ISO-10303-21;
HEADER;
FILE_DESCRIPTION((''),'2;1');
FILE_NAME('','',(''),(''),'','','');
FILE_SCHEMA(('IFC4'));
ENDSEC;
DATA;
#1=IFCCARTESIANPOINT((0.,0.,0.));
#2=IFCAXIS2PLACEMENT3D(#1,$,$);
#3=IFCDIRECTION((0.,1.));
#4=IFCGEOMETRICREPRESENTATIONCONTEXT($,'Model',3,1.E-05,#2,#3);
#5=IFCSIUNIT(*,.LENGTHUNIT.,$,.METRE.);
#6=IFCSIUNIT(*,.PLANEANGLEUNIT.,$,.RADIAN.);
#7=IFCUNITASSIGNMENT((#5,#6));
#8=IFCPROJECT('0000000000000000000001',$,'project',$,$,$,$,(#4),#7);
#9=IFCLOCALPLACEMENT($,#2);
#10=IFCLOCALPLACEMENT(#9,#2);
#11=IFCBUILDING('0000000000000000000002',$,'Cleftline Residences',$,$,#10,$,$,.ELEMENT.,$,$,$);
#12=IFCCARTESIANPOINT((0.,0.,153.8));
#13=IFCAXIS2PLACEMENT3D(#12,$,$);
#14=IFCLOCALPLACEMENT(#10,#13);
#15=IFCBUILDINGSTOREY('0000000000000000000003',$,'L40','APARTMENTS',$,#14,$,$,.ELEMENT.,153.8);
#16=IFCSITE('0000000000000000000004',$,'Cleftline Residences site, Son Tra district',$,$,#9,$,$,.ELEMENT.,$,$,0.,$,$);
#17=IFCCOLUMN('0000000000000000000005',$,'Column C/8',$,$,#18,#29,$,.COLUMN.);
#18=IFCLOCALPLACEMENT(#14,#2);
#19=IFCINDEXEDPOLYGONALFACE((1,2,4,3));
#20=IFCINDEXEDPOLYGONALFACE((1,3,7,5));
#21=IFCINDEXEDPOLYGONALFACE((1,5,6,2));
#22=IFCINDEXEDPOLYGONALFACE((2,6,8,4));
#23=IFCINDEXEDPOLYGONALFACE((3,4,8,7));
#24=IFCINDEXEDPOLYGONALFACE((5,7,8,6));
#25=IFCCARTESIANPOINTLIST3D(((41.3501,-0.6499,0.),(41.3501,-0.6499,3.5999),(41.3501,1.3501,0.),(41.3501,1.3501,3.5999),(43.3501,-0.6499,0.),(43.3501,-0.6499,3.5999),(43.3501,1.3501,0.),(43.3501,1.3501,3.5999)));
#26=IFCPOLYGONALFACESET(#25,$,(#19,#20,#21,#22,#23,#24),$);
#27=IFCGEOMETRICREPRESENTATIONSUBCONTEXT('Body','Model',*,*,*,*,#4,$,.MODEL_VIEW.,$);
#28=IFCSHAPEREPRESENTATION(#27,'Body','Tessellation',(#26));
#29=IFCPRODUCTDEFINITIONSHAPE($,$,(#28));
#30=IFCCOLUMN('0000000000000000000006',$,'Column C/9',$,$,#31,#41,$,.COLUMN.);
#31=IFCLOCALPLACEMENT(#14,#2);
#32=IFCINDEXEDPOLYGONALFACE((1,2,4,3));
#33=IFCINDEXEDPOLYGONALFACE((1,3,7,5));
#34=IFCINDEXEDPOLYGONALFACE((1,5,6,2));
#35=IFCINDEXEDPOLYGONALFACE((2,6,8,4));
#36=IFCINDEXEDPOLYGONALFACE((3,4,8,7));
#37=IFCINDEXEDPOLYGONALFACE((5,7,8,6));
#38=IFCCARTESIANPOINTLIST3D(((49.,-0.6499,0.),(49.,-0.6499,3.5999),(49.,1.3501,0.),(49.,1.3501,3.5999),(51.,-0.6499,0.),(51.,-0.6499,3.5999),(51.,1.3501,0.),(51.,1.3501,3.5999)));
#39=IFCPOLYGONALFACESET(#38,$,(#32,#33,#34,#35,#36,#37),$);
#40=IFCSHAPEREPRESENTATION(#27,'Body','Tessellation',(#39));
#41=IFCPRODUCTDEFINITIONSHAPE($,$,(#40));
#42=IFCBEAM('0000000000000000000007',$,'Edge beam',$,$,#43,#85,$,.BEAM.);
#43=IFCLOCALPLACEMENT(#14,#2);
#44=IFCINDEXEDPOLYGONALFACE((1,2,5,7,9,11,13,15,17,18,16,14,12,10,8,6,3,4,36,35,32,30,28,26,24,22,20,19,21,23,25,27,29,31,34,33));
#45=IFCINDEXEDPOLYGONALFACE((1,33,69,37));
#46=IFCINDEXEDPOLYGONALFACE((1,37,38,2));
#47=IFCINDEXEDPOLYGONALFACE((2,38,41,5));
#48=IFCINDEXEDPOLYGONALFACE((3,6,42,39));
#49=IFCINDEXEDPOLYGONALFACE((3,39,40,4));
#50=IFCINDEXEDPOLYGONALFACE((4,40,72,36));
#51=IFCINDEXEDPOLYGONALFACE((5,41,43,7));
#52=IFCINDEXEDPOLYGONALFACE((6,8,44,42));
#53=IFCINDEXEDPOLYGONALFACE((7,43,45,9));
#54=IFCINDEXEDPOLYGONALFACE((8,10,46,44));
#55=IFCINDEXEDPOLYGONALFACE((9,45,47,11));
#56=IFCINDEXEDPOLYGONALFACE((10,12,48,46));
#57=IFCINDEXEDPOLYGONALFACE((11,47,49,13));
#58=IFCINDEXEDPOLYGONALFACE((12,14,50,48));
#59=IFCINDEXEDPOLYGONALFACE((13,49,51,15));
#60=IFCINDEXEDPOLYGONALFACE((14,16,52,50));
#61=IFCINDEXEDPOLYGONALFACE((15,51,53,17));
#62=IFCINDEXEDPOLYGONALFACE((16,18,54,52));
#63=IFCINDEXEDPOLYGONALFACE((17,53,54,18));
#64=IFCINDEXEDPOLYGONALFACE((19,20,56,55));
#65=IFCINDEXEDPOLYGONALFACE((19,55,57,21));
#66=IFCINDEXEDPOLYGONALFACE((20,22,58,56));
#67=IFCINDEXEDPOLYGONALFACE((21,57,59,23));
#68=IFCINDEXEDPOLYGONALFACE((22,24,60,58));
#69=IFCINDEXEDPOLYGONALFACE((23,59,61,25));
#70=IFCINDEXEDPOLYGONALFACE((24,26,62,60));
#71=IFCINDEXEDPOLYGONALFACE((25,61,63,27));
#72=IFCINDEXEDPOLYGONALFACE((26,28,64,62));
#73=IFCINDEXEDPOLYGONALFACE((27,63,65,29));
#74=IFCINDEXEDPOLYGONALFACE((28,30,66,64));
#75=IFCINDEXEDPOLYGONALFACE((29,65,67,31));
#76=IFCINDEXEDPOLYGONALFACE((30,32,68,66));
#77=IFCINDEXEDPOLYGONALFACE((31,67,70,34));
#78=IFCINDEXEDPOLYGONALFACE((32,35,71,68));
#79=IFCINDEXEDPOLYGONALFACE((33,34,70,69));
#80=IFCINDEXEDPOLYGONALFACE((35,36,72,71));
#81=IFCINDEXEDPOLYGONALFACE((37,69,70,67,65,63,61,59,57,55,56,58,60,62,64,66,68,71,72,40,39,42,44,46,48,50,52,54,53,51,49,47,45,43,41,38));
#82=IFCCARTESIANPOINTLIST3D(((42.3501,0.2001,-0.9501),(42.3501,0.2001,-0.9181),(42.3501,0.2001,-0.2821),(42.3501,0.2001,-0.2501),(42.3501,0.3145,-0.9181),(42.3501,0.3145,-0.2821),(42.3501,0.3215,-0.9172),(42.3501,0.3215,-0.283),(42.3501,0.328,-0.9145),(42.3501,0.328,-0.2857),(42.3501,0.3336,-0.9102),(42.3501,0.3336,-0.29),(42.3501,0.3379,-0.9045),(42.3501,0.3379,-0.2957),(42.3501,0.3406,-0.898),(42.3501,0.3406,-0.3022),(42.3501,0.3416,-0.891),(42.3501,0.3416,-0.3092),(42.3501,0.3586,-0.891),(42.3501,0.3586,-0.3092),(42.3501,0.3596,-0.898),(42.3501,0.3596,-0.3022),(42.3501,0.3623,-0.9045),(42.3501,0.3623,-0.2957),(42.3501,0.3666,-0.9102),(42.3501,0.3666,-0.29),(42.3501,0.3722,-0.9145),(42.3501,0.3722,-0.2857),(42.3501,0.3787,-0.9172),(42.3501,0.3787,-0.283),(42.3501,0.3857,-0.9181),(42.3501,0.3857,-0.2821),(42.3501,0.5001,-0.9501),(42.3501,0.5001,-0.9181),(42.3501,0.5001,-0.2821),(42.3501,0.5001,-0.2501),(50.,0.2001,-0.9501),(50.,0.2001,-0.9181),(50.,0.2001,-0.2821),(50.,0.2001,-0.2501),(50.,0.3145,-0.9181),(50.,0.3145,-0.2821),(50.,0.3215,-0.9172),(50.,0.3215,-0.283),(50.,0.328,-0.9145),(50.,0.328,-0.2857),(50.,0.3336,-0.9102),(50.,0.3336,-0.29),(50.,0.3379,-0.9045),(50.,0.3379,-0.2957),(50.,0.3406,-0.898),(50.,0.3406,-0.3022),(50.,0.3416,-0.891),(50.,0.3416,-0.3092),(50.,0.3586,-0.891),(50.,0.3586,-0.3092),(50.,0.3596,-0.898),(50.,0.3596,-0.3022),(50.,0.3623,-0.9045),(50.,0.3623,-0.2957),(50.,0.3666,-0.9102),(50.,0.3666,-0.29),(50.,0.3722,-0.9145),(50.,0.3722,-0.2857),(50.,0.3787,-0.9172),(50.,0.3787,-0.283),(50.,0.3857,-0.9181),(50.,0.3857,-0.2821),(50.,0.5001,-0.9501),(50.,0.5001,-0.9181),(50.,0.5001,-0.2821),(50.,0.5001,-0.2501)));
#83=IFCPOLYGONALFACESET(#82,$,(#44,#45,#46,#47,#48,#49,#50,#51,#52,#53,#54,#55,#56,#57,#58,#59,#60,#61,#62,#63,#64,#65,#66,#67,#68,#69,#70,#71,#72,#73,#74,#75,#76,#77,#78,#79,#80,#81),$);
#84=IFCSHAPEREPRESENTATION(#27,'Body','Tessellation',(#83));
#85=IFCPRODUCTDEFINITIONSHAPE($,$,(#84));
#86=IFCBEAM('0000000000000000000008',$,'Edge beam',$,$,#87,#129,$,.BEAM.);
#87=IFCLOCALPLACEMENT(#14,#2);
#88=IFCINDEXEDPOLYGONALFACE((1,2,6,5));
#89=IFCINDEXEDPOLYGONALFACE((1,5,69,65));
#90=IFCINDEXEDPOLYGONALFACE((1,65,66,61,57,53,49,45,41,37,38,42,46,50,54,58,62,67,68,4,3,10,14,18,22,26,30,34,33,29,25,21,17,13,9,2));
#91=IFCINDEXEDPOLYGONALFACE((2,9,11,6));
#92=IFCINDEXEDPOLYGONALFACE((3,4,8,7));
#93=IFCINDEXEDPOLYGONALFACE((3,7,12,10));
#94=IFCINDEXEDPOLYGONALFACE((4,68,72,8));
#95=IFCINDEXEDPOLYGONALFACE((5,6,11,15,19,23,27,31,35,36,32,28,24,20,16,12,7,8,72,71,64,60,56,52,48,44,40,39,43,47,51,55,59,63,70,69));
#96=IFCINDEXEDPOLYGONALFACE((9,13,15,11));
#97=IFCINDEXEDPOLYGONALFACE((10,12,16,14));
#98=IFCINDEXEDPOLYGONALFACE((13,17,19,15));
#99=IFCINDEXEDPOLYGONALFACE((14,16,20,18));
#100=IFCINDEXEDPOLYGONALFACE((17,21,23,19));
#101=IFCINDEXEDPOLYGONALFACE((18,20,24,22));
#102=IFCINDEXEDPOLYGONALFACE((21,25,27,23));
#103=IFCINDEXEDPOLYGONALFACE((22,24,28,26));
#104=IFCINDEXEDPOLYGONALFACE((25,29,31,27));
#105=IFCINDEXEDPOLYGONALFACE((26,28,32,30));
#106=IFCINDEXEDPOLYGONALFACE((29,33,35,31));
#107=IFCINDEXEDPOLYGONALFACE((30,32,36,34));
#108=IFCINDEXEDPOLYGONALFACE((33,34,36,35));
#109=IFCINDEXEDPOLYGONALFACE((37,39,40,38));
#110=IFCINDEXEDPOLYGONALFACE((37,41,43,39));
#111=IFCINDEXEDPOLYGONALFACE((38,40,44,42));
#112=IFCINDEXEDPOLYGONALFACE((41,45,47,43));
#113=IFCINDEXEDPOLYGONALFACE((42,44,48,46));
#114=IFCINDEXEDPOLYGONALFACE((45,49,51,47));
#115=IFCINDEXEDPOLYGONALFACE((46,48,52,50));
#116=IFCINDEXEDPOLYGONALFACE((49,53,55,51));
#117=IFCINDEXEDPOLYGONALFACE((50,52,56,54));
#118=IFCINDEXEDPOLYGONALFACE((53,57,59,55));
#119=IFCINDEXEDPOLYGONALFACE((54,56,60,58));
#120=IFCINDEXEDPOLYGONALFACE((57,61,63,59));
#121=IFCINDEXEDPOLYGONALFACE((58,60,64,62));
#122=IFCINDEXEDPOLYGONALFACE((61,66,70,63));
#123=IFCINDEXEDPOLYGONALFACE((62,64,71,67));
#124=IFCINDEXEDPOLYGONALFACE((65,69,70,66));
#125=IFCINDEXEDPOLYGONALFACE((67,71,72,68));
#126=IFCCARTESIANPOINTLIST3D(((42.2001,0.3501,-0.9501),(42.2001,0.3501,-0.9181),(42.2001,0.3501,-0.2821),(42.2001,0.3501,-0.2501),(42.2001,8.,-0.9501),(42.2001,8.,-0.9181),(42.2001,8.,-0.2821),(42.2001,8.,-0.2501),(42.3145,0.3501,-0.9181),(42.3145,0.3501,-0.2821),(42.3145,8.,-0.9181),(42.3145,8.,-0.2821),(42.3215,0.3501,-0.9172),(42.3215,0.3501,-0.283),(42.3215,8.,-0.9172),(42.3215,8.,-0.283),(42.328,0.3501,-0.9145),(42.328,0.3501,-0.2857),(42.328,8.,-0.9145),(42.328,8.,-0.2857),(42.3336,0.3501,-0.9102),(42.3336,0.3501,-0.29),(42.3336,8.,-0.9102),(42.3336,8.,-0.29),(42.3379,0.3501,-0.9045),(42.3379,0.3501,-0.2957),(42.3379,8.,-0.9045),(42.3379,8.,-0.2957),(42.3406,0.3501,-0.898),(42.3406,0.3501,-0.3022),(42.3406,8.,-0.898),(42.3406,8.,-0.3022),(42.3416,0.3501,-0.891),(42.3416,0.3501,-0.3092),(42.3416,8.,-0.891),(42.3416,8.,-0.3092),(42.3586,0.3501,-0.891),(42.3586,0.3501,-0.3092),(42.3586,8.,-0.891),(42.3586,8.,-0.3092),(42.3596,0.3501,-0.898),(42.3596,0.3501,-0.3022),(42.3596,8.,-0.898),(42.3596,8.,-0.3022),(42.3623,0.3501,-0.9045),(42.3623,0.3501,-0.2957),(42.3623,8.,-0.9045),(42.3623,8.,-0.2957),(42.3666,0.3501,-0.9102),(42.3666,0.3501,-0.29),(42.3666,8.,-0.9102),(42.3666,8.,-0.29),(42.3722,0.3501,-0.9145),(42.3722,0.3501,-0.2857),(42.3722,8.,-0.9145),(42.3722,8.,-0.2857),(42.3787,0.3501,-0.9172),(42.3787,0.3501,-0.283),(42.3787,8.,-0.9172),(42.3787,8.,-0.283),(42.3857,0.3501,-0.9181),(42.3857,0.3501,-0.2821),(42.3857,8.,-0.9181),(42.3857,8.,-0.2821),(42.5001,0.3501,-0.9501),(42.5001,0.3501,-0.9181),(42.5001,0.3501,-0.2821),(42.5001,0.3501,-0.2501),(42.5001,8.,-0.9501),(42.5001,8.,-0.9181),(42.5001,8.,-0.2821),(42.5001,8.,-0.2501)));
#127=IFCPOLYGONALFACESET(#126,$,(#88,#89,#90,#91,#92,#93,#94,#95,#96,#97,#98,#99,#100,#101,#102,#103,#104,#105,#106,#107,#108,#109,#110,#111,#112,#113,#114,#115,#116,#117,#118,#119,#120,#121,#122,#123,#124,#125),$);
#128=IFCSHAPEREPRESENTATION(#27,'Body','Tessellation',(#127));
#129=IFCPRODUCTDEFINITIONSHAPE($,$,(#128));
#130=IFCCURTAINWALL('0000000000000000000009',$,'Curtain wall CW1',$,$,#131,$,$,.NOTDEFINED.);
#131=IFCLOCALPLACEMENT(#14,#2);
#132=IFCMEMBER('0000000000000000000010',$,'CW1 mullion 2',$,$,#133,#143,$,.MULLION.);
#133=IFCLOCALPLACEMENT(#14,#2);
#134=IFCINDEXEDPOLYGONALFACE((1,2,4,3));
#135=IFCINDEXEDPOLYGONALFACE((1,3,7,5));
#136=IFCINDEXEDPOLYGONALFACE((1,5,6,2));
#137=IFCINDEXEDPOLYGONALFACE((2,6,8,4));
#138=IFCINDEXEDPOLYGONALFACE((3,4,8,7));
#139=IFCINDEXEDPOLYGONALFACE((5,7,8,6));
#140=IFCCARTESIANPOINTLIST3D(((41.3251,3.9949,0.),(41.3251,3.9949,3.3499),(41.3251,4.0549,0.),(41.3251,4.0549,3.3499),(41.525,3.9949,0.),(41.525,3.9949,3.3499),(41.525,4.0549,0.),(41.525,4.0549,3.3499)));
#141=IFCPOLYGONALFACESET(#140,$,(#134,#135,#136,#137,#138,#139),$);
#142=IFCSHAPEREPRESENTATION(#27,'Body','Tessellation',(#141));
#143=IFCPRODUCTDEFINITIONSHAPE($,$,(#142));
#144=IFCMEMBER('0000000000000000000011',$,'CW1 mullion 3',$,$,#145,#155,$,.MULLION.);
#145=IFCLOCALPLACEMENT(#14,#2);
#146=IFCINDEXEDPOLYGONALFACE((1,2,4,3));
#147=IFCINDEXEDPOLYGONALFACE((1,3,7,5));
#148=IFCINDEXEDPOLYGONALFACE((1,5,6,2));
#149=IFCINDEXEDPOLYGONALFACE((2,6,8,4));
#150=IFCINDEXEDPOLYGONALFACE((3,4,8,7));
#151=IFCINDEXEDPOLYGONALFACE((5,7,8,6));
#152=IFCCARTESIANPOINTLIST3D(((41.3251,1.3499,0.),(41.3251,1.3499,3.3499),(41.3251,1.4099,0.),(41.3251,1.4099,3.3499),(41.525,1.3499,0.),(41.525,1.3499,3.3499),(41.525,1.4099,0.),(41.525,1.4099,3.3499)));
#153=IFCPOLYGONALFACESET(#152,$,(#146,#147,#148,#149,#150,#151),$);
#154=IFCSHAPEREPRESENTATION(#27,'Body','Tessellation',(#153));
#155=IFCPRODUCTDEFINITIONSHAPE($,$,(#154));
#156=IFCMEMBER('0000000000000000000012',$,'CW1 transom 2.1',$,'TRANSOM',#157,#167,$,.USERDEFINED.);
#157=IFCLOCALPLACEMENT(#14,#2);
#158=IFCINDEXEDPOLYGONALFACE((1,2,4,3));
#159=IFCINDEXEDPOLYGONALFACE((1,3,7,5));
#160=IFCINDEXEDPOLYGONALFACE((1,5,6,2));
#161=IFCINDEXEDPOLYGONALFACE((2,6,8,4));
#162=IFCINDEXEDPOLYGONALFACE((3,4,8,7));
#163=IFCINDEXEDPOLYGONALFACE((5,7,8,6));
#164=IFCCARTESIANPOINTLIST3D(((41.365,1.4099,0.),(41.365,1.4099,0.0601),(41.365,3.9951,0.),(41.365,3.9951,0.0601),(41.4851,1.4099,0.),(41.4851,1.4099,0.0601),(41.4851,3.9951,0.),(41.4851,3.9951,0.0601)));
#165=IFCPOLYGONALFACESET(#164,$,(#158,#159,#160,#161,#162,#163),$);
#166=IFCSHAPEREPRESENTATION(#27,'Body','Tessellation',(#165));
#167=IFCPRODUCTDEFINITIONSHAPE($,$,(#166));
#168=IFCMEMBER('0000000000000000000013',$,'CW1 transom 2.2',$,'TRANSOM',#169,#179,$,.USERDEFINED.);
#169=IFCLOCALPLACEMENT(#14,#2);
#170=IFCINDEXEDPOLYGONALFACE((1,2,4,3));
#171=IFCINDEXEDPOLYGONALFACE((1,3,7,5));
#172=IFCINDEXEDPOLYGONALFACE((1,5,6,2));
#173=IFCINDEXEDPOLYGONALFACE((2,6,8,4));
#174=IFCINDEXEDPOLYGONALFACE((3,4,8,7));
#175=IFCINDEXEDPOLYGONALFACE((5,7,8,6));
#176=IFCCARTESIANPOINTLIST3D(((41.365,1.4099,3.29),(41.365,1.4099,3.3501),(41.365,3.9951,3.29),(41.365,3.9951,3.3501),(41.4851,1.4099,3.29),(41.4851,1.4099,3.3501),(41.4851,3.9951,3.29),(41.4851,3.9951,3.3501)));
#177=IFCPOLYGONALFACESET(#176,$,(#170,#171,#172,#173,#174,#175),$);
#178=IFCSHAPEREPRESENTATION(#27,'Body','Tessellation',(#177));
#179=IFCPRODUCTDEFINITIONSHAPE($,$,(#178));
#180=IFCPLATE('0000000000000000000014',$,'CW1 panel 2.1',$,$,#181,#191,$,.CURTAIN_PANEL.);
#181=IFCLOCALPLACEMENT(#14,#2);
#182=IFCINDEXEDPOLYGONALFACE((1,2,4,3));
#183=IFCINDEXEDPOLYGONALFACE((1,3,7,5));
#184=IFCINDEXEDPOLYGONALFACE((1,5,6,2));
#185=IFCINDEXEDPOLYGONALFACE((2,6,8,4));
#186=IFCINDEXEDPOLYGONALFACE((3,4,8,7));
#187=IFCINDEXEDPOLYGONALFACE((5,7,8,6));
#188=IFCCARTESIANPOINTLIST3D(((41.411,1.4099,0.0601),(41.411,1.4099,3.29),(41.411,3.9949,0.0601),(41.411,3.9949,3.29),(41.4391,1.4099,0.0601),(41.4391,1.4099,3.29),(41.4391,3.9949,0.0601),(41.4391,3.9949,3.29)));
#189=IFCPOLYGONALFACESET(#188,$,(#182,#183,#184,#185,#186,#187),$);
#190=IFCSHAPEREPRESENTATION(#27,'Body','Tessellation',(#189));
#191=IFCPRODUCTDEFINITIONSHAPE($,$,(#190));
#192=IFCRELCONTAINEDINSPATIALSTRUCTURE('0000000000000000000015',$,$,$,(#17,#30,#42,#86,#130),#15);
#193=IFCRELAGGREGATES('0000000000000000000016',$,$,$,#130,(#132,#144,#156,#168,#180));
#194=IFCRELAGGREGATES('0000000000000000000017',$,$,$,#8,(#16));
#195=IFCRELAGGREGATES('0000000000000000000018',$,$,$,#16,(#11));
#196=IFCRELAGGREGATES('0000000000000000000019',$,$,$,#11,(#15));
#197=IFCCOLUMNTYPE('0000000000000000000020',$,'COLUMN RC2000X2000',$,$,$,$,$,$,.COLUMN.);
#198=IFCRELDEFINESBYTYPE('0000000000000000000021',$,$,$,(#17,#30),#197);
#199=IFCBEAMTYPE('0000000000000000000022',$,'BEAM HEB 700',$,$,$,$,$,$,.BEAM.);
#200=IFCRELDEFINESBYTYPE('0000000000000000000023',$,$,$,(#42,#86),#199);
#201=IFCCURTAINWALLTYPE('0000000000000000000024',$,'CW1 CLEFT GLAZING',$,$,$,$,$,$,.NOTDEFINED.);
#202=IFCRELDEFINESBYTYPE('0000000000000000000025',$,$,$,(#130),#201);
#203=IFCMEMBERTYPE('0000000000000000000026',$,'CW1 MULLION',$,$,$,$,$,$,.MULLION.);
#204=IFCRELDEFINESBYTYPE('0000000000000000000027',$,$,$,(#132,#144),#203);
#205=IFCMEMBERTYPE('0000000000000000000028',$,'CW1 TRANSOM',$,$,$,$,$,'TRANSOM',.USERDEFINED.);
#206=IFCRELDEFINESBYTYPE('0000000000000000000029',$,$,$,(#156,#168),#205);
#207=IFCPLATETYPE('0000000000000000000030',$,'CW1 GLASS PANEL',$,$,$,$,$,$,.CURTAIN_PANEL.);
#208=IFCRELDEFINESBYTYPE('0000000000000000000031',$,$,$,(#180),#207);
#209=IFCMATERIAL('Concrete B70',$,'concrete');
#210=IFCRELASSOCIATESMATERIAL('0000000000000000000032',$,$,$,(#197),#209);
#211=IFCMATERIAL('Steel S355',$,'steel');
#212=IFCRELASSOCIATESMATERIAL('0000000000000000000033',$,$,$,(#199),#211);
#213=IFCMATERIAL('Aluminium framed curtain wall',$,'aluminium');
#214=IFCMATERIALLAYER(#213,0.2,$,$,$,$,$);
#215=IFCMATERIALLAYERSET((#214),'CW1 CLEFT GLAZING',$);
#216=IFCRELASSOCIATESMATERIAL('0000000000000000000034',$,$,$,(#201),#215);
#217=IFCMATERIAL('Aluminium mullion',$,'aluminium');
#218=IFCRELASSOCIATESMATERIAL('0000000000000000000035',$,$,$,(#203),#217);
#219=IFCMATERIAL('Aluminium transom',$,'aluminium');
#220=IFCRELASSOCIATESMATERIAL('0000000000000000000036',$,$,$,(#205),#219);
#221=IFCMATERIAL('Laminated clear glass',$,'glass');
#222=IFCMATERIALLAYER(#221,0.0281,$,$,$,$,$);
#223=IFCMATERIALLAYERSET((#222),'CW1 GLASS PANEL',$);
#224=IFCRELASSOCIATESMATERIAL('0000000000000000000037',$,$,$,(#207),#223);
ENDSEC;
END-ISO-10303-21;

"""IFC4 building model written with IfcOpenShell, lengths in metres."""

from ifc_helpers import new_model, si_unit, direction, frame, origin, origin_2d, place, context, subcontext, project, spatial, rectangle, i_section, extrude, material, layer, layer_set, material_profile, profile_set, type_object, element, aggregate, save


model = new_model("IFC4")

# Units and contexts
model_context = context("Model", 3, precision=1e-05, world=origin(), true_north=direction((0.0, 1.0)))
body_context = subcontext(model_context, "Body", "Model", "MODEL_VIEW")
ifc_project = project(units=[si_unit("LENGTHUNIT", "METRE"), si_unit("PLANEANGLEUNIT", "RADIAN")], contexts=[model_context])

# Site, building, storey
site_placement = place(None, origin())
site = spatial("IfcSite", under=ifc_project, at=site_placement, Name="Cleftline Residences site, Son Tra district", CompositionType="ELEMENT", RefElevation=0.0)
building_placement = place(site_placement, origin())
building = spatial("IfcBuilding", under=site, at=building_placement, Name="Cleftline Residences", CompositionType="ELEMENT")
storey_placement = place(building_placement, frame((0.0, 0.0, 153.8)))
storey = spatial("IfcBuildingStorey", under=building, at=storey_placement, Name="L40", Description="APARTMENTS", CompositionType="ELEMENT", Elevation=153.8)

# Columns
ifc_material_1 = material(Name="Concrete B70", Category="concrete")
ifc_material_profile_1 = material_profile(ifc_material_1, rectangle(XDim=2.0, YDim=2.0, at=origin_2d()))
ifc_profile_set_1 = profile_set([ifc_material_profile_1], Name="Concrete B70")
column_type = type_object("IfcColumnType", Name="COLUMN RC2000X2000", PredefinedType="COLUMN", material=ifc_profile_set_1)
for number, where, z_axis, x_axis, name in (
    (1, (42.3501, 0.3501, 0.0), (0.0, 0.0, 1.0), (1.0, 0.0, 0.0), "Column C/8"),
    (2, (50.0, 0.3501, 0.0), (0.0, 0.0, 1.0), (1.0, 0.0, 0.0), "Column C/9"),
):
    element("IfcColumn", number, at=place(storey_placement, frame(where, z_axis=z_axis, x_axis=x_axis)), inside=storey, type_object=column_type, Name=name, PredefinedType="COLUMN", context=body_context, shape_type="SweptSolid", body=[
        extrude(rectangle(XDim=2.0, YDim=2.0, at=origin_2d()), origin(), (0.0, 0.0, 1.0), 3.5999),
    ])

# Beams
ifc_material_2 = material(Name="Steel S355", Category="steel")
ifc_material_profile_2 = material_profile(ifc_material_2, i_section(OverallWidth=0.3, OverallDepth=0.7, WebThickness=0.0171, FlangeThickness=0.032, FilletRadius=0.0271, at=origin_2d()))
ifc_profile_set_2 = profile_set([ifc_material_profile_2], Name="Steel S355")
beam_type = type_object("IfcBeamType", Name="BEAM HEB 700", PredefinedType="BEAM", material=ifc_profile_set_2)
for number, where, z_axis, x_axis, name in (
    (3, (50.0, 0.3501, -0.6001), (-1.0, 0.0, 0.0), (0.0, -1.0, 0.0), "Edge beam"),
    (4, (42.3501, 0.3501, -0.6001), (0.0, 1.0, 0.0), (-1.0, 0.0, 0.0), "Edge beam"),
):
    element("IfcBeam", number, at=place(storey_placement, frame(where, z_axis=z_axis, x_axis=x_axis)), inside=storey, type_object=beam_type, Name=name, PredefinedType="BEAM", context=body_context, shape_type="SweptSolid", body=[
        extrude(i_section(OverallWidth=0.3, OverallDepth=0.7, WebThickness=0.0171, FlangeThickness=0.032, FilletRadius=0.0271, at=origin_2d()), origin(), (0.0, 0.0, 1.0), 7.6499),
    ])

# Curtain wall, members, plate
ifc_material_3 = material(Name="Aluminium framed curtain wall", Category="aluminium")
ifc_layer_1 = layer(ifc_material_3, 0.2)
ifc_layer_set_1 = layer_set([ifc_layer_1], Name="CW1 CLEFT GLAZING")
curtain_wall_type = type_object("IfcCurtainWallType", Name="CW1 CLEFT GLAZING", PredefinedType="NOTDEFINED", material=ifc_layer_set_1)
curtain_wall_placement = place(storey_placement, origin())
curtain_wall = element("IfcCurtainWall", 5, at=curtain_wall_placement, inside=storey, type_object=curtain_wall_type, Name="Curtain wall CW1", PredefinedType="NOTDEFINED")
ifc_material_4 = material(Name="Aluminium mullion", Category="aluminium")
ifc_material_profile_3 = material_profile(ifc_material_4, rectangle(XDim=0.2, YDim=0.0601, at=origin_2d()))
ifc_profile_set_3 = profile_set([ifc_material_profile_3], Name="Aluminium mullion")
member_type_1 = type_object("IfcMemberType", Name="CW1 MULLION", PredefinedType="MULLION", material=ifc_profile_set_3)
member_1_placement = place(storey_placement, frame((41.425, 4.0249, 0.0), z_axis=(0.0, 0.0, 1.0), x_axis=(1.0, 0.0, 0.0)))
member_1 = element("IfcMember", 6, at=member_1_placement, type_object=member_type_1, Name="CW1 mullion 2", PredefinedType="MULLION", context=body_context, shape_type="SweptSolid", body=[
    extrude(rectangle(XDim=0.2, YDim=0.0601, at=origin_2d()), origin(), (0.0, 0.0, 1.0), 3.3499),
])
member_2_placement = place(storey_placement, frame((41.425, 1.3799, 0.0), z_axis=(0.0, 0.0, 1.0), x_axis=(1.0, 0.0, 0.0)))
member_2 = element("IfcMember", 7, at=member_2_placement, type_object=member_type_1, Name="CW1 mullion 3", PredefinedType="MULLION", context=body_context, shape_type="SweptSolid", body=[
    extrude(rectangle(XDim=0.2, YDim=0.0601, at=origin_2d()), origin(), (0.0, 0.0, 1.0), 3.3499),
])
ifc_material_5 = material(Name="Aluminium transom", Category="aluminium")
ifc_material_profile_4 = material_profile(ifc_material_5, rectangle(XDim=0.1201, YDim=0.0601, at=origin_2d()))
ifc_profile_set_4 = profile_set([ifc_material_profile_4], Name="Aluminium transom")
member_type_2 = type_object("IfcMemberType", Name="CW1 TRANSOM", ElementType="TRANSOM", PredefinedType="USERDEFINED", material=ifc_profile_set_4)
member_3_placement = place(storey_placement, frame((41.425, 3.9951, 0.03), z_axis=(0.0, -1.0, 0.0), x_axis=(1.0, 0.0, 0.0)))
member_3 = element("IfcMember", 8, at=member_3_placement, type_object=member_type_2, Name="CW1 transom 2.1", ObjectType="TRANSOM", PredefinedType="USERDEFINED", context=body_context, shape_type="SweptSolid", body=[
    extrude(rectangle(XDim=0.1201, YDim=0.0601, at=origin_2d()), origin(), (0.0, 0.0, 1.0), 2.5852),
])
member_4_placement = place(storey_placement, frame((41.425, 3.9951, 3.3201), z_axis=(0.0, -1.0, 0.0), x_axis=(1.0, 0.0, 0.0)))
member_4 = element("IfcMember", 9, at=member_4_placement, type_object=member_type_2, Name="CW1 transom 2.2", ObjectType="TRANSOM", PredefinedType="USERDEFINED", context=body_context, shape_type="SweptSolid", body=[
    extrude(rectangle(XDim=0.1201, YDim=0.0601, at=origin_2d()), origin(), (0.0, 0.0, 1.0), 2.5852),
])
ifc_material_6 = material(Name="Laminated clear glass", Category="glass")
ifc_layer_2 = layer(ifc_material_6, 0.0281)
ifc_layer_set_2 = layer_set([ifc_layer_2], Name="CW1 GLASS PANEL")
plate_type = type_object("IfcPlateType", Name="CW1 GLASS PANEL", PredefinedType="CURTAIN_PANEL", material=ifc_layer_set_2)
plate_placement = place(storey_placement, frame((41.425, 2.7024, 0.0601), z_axis=(0.0, 0.0, 1.0), x_axis=(0.0, -1.0, 0.0)))
plate = element("IfcPlate", 10, at=plate_placement, type_object=plate_type, Name="CW1 panel 2.1", PredefinedType="CURTAIN_PANEL", context=body_context, shape_type="SweptSolid", body=[
    extrude(rectangle(XDim=2.585, YDim=0.0281, at=origin_2d()), origin(), (0.0, 0.0, 1.0), 3.23),
])
aggregate(curtain_wall, [member_1, member_2, member_3, member_4, plate])

save(model, "model.ifc")
